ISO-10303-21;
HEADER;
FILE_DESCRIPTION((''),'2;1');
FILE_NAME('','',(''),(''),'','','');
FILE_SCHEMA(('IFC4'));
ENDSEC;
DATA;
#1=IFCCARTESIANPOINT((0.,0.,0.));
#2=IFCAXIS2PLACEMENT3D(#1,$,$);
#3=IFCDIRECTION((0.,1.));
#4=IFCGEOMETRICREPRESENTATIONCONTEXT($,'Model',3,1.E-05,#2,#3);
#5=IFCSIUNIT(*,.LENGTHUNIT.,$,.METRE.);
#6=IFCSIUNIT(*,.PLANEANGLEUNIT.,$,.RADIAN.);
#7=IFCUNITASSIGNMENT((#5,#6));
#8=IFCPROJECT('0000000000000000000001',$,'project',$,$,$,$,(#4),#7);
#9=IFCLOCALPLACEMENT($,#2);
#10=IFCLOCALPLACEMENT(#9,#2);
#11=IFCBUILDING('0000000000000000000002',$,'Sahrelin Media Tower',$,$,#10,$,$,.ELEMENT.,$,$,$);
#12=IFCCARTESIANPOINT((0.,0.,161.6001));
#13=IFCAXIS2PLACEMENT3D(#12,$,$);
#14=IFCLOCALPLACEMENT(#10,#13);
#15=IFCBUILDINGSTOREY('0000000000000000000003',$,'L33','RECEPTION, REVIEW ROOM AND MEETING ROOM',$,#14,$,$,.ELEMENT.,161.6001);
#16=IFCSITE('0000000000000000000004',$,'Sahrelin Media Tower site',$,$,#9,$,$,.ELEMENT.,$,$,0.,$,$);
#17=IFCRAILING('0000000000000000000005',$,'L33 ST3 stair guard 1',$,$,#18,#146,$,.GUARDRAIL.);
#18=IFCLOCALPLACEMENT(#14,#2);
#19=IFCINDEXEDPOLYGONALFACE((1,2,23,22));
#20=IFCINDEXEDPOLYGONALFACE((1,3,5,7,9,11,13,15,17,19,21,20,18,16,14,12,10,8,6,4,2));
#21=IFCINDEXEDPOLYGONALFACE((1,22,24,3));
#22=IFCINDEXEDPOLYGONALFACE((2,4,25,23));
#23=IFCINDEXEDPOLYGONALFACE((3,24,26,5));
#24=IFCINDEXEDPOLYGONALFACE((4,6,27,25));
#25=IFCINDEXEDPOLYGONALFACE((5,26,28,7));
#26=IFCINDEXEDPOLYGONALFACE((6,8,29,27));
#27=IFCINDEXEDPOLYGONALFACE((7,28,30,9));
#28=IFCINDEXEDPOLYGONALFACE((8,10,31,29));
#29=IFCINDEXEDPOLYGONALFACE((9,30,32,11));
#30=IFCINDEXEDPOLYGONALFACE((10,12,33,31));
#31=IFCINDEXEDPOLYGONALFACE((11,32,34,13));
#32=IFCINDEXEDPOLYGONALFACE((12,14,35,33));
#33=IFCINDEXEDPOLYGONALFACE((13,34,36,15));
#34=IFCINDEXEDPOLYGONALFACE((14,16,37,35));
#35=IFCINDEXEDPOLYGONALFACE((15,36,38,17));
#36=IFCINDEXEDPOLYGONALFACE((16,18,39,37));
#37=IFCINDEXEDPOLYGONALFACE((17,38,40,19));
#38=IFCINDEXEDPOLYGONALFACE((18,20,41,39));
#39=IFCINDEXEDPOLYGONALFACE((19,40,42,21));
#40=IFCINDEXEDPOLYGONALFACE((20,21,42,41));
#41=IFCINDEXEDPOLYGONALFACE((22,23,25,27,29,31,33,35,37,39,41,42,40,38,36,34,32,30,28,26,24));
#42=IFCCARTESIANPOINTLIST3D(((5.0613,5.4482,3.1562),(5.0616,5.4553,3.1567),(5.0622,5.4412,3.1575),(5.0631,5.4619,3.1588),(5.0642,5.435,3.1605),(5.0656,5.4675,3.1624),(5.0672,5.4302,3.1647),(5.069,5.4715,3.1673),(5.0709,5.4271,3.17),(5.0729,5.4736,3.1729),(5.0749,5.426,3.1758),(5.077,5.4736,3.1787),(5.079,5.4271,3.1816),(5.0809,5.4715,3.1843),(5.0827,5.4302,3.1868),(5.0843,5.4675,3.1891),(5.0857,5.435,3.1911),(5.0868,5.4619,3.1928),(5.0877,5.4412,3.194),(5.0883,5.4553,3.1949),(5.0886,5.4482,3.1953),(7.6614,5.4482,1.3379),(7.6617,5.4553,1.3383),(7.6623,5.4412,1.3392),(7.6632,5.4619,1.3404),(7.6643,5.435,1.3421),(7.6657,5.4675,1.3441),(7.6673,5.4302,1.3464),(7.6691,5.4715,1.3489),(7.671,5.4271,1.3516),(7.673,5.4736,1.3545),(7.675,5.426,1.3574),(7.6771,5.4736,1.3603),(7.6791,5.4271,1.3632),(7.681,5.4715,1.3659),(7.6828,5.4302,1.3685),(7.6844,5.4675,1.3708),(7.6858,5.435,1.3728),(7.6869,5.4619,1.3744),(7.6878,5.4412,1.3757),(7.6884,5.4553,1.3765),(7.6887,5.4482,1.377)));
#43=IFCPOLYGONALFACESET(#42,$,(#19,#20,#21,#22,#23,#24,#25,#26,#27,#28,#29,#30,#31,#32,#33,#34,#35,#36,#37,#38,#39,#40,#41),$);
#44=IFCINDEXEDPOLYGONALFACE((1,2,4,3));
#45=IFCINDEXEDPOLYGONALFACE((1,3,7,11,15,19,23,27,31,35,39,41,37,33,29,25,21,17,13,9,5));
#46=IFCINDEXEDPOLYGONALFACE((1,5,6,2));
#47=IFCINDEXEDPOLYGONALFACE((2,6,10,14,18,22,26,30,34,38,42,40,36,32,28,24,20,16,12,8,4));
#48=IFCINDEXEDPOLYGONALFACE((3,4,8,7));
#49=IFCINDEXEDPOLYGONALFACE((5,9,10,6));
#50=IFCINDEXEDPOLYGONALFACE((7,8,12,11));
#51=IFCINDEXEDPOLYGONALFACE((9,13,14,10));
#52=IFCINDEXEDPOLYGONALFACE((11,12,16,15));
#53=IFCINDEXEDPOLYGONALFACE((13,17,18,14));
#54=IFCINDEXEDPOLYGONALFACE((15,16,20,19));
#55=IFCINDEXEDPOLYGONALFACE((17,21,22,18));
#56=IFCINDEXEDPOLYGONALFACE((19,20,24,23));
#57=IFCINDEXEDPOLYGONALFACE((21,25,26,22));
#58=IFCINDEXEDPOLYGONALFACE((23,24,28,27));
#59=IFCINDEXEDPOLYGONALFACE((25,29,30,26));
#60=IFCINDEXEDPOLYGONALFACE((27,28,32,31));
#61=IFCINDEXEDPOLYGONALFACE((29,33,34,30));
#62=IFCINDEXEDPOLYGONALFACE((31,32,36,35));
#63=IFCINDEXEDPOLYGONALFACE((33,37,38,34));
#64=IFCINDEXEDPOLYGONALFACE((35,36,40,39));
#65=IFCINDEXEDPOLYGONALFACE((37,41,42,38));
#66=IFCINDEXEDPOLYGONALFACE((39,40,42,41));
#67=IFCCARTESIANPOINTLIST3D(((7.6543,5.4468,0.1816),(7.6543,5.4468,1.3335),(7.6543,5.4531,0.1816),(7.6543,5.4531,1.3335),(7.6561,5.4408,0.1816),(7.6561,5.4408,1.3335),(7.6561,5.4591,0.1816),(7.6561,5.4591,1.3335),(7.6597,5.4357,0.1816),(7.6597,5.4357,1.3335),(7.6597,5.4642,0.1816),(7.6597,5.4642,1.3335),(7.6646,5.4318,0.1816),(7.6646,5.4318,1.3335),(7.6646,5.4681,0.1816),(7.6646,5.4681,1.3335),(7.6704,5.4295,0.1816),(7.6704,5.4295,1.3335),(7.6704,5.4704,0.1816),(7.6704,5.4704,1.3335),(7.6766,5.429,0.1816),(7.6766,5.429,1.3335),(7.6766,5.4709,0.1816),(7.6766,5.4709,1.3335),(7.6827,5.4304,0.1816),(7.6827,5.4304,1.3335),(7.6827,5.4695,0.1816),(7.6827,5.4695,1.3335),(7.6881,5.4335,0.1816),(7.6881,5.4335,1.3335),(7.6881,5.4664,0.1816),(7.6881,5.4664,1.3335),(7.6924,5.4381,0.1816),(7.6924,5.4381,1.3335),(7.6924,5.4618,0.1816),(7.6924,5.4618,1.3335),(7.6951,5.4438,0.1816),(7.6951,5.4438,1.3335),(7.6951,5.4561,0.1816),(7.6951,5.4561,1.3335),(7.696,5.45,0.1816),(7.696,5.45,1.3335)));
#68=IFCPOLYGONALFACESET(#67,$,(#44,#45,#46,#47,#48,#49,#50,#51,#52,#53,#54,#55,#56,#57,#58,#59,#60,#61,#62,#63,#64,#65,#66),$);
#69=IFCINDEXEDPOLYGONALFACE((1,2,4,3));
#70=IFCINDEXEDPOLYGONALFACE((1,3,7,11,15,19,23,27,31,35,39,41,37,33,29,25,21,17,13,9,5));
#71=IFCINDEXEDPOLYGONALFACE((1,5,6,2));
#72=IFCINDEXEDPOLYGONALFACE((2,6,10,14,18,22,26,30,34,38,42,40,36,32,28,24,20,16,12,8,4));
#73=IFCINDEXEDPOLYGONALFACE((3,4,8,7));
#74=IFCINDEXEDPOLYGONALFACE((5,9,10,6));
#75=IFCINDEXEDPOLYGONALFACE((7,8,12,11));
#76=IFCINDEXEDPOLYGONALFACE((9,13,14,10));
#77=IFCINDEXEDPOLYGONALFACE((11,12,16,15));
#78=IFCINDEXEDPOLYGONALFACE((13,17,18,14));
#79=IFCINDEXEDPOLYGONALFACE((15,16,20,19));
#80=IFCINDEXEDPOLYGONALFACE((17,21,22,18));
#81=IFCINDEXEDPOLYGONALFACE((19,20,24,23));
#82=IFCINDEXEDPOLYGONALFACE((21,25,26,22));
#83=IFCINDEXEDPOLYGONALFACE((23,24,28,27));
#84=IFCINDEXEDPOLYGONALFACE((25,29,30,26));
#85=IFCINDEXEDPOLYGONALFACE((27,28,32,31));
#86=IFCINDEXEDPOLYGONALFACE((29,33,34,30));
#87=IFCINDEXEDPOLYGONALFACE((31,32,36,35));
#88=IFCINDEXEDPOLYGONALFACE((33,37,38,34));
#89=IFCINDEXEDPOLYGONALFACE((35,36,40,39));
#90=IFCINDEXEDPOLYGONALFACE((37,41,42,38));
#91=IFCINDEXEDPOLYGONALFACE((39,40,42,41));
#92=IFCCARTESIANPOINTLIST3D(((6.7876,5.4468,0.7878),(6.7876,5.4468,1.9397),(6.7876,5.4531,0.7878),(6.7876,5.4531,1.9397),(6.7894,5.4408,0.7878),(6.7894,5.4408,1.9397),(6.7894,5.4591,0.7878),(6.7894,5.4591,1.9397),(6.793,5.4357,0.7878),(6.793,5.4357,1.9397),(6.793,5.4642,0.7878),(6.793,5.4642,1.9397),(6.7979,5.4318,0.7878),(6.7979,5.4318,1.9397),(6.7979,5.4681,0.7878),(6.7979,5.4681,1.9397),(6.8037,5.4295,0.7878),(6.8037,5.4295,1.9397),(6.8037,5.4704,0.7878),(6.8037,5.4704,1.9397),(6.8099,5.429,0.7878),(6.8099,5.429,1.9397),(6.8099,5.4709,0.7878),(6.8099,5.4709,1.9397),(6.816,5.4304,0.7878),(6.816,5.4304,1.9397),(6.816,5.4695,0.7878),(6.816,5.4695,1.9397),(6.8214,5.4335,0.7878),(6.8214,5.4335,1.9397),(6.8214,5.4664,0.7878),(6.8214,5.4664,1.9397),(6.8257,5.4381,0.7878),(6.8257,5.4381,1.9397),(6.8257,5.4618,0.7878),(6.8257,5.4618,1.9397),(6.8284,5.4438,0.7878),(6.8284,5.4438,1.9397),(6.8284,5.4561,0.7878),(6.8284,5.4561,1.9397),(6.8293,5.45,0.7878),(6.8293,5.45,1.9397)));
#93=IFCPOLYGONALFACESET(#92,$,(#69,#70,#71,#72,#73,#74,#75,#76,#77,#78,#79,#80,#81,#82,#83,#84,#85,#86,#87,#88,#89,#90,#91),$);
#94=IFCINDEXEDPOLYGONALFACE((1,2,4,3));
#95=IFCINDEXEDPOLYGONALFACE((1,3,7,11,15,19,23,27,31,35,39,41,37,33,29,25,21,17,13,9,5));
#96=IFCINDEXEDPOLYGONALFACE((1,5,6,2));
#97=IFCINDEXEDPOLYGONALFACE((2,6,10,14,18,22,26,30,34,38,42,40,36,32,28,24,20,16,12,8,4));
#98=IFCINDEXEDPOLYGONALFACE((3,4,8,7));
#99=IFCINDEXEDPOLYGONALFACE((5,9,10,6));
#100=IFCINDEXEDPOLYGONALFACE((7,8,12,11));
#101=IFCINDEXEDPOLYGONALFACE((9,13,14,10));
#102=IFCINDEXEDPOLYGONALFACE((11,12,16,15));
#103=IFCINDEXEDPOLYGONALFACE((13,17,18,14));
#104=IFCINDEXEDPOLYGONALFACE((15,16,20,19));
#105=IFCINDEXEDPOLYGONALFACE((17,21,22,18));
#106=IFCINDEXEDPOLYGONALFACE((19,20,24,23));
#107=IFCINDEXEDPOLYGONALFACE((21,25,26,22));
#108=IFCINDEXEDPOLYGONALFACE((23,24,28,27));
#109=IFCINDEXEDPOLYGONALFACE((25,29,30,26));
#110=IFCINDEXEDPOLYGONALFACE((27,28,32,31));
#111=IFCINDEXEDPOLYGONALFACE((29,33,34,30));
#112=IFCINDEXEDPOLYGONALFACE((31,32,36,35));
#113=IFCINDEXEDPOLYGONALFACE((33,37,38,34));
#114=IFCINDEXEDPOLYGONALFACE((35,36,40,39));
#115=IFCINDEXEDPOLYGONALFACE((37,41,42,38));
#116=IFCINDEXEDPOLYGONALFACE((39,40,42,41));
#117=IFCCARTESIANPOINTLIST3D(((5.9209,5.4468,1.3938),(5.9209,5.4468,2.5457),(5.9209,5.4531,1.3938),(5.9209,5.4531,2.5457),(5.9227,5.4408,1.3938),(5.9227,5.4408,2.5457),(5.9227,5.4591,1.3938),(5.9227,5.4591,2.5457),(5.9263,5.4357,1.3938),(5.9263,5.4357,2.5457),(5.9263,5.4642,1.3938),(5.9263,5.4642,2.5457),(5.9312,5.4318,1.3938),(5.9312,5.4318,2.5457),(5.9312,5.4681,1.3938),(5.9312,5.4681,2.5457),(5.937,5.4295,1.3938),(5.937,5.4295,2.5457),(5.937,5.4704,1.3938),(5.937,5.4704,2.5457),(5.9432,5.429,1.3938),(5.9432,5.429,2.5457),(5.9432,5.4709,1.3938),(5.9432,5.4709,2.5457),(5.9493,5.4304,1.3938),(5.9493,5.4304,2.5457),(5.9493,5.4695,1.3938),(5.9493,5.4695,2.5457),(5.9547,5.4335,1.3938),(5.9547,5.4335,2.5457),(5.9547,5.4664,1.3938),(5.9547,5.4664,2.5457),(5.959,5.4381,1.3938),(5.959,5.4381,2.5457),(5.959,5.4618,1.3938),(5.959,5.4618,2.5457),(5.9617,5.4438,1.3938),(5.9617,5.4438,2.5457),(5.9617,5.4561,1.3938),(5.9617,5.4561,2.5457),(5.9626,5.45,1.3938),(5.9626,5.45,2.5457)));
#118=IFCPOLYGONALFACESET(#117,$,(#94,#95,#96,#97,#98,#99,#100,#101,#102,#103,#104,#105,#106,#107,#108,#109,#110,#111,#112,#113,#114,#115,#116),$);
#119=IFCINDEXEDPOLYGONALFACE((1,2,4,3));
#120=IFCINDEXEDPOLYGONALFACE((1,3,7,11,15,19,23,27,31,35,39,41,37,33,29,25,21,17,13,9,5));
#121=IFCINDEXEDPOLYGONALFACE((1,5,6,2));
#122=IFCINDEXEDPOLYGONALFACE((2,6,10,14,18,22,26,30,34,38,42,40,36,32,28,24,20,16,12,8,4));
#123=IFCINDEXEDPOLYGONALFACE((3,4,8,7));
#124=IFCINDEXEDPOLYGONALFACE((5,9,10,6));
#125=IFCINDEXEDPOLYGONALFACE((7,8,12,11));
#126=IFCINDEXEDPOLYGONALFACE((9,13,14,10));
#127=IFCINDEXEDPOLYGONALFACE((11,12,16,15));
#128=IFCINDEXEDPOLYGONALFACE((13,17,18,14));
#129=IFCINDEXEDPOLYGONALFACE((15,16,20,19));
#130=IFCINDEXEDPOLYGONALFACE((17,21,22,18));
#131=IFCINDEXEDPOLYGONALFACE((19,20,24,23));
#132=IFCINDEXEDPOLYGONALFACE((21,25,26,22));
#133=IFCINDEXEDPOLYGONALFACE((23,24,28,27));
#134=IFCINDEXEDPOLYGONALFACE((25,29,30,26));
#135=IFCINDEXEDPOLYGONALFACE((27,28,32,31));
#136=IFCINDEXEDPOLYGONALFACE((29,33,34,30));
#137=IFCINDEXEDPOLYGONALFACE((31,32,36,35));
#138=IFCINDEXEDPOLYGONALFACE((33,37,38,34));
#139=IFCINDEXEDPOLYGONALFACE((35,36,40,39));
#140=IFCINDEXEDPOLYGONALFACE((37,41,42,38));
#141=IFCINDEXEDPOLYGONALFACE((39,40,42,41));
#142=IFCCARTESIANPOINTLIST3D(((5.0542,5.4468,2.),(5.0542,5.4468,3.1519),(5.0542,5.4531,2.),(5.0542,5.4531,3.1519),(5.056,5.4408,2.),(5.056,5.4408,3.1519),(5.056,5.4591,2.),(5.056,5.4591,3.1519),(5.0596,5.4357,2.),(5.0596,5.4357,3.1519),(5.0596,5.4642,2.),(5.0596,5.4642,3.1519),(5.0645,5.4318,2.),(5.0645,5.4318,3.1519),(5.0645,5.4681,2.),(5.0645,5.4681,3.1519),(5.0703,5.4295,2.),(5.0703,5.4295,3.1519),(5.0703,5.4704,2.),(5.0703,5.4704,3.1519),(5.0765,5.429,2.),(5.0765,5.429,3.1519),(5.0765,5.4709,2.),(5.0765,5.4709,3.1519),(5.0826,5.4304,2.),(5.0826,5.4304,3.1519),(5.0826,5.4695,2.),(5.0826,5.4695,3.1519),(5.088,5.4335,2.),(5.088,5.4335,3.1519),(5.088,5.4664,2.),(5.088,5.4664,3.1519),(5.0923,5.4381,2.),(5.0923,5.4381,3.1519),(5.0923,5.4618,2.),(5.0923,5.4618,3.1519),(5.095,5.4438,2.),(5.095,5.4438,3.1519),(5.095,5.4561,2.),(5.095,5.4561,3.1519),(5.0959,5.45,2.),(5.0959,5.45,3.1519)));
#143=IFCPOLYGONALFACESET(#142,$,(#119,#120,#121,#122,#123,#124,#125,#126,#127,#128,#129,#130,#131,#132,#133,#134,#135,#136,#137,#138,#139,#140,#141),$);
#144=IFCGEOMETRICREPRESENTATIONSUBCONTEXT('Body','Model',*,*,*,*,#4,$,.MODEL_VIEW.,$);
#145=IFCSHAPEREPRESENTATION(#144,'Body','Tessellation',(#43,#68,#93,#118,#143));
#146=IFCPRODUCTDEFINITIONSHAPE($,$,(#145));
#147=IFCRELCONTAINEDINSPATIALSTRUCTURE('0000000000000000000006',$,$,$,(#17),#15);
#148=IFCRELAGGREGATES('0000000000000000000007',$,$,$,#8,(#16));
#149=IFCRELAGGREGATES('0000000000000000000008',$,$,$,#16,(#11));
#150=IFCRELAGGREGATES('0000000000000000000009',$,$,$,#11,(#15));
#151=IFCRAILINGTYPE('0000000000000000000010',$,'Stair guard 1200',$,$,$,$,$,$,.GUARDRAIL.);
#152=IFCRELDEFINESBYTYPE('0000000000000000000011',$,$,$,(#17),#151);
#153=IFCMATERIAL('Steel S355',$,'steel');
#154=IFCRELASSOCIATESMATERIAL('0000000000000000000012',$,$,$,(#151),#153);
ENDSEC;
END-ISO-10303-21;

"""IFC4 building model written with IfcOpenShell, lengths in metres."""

from ifc_helpers import new_model, si_unit, direction, frame, origin, origin_2d, place, context, subcontext, project, spatial, circle, extrude, material, type_object, element, save


model = new_model("IFC4")

# Units and contexts
model_context = context("Model", 3, precision=1e-05, world=origin(), true_north=direction((0.0, 1.0)))
body_context = subcontext(model_context, "Body", "Model", "MODEL_VIEW")
ifc_project = project(units=[si_unit("LENGTHUNIT", "METRE"), si_unit("PLANEANGLEUNIT", "RADIAN")], contexts=[model_context])

# Site, building, storey
site_placement = place(None, origin())
site = spatial("IfcSite", under=ifc_project, at=site_placement, Name="Sahrelin Media Tower site", CompositionType="ELEMENT", RefElevation=0.0)
building_placement = place(site_placement, origin())
building = spatial("IfcBuilding", under=site, at=building_placement, Name="Sahrelin Media Tower", CompositionType="ELEMENT")
storey_placement = place(building_placement, frame((0.0, 0.0, 161.6001)))
storey = spatial("IfcBuildingStorey", under=building, at=storey_placement, Name="L33", Description="RECEPTION, REVIEW ROOM AND MEETING ROOM", CompositionType="ELEMENT", Elevation=161.6001)

# Shared definitions
ifc_material_1 = material(Name="Steel S355", Category="steel")

# Railing
railing_type_1 = type_object("IfcRailingType", Name="Stair guard 1200", PredefinedType="GUARDRAIL", material=ifc_material_1)
railing_1_placement = place(storey_placement, frame((7.675, 5.45, 0.1816)))
element("IfcRailing", 1, at=railing_1_placement, inside=storey, type_object=railing_type_1, Name="L33 ST3 stair guard 1", PredefinedType="GUARDRAIL", context=body_context, shape_type="SweptSolid", body=[
    extrude(circle(Radius=0.0239, at=origin_2d()), frame((0.0, 0.0, 1.1758), z_axis=(-0.819485, 0.0, 0.573101), x_axis=(0.0, -1.0, 0.0)), (0.0, 0.0, 1.0), 3.1729),
    extrude(circle(Radius=0.021, at=origin_2d()), origin(), (0.0, 0.0, 1.0), 1.1519),
    extrude(circle(Radius=0.021, at=origin_2d()), frame((-0.8667, 0.0, 0.6062)), (0.0, 0.0, 1.0), 1.1519),
    extrude(circle(Radius=0.021, at=origin_2d()), frame((-1.7334, 0.0, 1.2122)), (0.0, 0.0, 1.0), 1.1519),
    extrude(circle(Radius=0.021, at=origin_2d()), frame((-2.6001, 0.0, 1.8184)), (0.0, 0.0, 1.0), 1.1519),
])

save(model, "model.ifc")
